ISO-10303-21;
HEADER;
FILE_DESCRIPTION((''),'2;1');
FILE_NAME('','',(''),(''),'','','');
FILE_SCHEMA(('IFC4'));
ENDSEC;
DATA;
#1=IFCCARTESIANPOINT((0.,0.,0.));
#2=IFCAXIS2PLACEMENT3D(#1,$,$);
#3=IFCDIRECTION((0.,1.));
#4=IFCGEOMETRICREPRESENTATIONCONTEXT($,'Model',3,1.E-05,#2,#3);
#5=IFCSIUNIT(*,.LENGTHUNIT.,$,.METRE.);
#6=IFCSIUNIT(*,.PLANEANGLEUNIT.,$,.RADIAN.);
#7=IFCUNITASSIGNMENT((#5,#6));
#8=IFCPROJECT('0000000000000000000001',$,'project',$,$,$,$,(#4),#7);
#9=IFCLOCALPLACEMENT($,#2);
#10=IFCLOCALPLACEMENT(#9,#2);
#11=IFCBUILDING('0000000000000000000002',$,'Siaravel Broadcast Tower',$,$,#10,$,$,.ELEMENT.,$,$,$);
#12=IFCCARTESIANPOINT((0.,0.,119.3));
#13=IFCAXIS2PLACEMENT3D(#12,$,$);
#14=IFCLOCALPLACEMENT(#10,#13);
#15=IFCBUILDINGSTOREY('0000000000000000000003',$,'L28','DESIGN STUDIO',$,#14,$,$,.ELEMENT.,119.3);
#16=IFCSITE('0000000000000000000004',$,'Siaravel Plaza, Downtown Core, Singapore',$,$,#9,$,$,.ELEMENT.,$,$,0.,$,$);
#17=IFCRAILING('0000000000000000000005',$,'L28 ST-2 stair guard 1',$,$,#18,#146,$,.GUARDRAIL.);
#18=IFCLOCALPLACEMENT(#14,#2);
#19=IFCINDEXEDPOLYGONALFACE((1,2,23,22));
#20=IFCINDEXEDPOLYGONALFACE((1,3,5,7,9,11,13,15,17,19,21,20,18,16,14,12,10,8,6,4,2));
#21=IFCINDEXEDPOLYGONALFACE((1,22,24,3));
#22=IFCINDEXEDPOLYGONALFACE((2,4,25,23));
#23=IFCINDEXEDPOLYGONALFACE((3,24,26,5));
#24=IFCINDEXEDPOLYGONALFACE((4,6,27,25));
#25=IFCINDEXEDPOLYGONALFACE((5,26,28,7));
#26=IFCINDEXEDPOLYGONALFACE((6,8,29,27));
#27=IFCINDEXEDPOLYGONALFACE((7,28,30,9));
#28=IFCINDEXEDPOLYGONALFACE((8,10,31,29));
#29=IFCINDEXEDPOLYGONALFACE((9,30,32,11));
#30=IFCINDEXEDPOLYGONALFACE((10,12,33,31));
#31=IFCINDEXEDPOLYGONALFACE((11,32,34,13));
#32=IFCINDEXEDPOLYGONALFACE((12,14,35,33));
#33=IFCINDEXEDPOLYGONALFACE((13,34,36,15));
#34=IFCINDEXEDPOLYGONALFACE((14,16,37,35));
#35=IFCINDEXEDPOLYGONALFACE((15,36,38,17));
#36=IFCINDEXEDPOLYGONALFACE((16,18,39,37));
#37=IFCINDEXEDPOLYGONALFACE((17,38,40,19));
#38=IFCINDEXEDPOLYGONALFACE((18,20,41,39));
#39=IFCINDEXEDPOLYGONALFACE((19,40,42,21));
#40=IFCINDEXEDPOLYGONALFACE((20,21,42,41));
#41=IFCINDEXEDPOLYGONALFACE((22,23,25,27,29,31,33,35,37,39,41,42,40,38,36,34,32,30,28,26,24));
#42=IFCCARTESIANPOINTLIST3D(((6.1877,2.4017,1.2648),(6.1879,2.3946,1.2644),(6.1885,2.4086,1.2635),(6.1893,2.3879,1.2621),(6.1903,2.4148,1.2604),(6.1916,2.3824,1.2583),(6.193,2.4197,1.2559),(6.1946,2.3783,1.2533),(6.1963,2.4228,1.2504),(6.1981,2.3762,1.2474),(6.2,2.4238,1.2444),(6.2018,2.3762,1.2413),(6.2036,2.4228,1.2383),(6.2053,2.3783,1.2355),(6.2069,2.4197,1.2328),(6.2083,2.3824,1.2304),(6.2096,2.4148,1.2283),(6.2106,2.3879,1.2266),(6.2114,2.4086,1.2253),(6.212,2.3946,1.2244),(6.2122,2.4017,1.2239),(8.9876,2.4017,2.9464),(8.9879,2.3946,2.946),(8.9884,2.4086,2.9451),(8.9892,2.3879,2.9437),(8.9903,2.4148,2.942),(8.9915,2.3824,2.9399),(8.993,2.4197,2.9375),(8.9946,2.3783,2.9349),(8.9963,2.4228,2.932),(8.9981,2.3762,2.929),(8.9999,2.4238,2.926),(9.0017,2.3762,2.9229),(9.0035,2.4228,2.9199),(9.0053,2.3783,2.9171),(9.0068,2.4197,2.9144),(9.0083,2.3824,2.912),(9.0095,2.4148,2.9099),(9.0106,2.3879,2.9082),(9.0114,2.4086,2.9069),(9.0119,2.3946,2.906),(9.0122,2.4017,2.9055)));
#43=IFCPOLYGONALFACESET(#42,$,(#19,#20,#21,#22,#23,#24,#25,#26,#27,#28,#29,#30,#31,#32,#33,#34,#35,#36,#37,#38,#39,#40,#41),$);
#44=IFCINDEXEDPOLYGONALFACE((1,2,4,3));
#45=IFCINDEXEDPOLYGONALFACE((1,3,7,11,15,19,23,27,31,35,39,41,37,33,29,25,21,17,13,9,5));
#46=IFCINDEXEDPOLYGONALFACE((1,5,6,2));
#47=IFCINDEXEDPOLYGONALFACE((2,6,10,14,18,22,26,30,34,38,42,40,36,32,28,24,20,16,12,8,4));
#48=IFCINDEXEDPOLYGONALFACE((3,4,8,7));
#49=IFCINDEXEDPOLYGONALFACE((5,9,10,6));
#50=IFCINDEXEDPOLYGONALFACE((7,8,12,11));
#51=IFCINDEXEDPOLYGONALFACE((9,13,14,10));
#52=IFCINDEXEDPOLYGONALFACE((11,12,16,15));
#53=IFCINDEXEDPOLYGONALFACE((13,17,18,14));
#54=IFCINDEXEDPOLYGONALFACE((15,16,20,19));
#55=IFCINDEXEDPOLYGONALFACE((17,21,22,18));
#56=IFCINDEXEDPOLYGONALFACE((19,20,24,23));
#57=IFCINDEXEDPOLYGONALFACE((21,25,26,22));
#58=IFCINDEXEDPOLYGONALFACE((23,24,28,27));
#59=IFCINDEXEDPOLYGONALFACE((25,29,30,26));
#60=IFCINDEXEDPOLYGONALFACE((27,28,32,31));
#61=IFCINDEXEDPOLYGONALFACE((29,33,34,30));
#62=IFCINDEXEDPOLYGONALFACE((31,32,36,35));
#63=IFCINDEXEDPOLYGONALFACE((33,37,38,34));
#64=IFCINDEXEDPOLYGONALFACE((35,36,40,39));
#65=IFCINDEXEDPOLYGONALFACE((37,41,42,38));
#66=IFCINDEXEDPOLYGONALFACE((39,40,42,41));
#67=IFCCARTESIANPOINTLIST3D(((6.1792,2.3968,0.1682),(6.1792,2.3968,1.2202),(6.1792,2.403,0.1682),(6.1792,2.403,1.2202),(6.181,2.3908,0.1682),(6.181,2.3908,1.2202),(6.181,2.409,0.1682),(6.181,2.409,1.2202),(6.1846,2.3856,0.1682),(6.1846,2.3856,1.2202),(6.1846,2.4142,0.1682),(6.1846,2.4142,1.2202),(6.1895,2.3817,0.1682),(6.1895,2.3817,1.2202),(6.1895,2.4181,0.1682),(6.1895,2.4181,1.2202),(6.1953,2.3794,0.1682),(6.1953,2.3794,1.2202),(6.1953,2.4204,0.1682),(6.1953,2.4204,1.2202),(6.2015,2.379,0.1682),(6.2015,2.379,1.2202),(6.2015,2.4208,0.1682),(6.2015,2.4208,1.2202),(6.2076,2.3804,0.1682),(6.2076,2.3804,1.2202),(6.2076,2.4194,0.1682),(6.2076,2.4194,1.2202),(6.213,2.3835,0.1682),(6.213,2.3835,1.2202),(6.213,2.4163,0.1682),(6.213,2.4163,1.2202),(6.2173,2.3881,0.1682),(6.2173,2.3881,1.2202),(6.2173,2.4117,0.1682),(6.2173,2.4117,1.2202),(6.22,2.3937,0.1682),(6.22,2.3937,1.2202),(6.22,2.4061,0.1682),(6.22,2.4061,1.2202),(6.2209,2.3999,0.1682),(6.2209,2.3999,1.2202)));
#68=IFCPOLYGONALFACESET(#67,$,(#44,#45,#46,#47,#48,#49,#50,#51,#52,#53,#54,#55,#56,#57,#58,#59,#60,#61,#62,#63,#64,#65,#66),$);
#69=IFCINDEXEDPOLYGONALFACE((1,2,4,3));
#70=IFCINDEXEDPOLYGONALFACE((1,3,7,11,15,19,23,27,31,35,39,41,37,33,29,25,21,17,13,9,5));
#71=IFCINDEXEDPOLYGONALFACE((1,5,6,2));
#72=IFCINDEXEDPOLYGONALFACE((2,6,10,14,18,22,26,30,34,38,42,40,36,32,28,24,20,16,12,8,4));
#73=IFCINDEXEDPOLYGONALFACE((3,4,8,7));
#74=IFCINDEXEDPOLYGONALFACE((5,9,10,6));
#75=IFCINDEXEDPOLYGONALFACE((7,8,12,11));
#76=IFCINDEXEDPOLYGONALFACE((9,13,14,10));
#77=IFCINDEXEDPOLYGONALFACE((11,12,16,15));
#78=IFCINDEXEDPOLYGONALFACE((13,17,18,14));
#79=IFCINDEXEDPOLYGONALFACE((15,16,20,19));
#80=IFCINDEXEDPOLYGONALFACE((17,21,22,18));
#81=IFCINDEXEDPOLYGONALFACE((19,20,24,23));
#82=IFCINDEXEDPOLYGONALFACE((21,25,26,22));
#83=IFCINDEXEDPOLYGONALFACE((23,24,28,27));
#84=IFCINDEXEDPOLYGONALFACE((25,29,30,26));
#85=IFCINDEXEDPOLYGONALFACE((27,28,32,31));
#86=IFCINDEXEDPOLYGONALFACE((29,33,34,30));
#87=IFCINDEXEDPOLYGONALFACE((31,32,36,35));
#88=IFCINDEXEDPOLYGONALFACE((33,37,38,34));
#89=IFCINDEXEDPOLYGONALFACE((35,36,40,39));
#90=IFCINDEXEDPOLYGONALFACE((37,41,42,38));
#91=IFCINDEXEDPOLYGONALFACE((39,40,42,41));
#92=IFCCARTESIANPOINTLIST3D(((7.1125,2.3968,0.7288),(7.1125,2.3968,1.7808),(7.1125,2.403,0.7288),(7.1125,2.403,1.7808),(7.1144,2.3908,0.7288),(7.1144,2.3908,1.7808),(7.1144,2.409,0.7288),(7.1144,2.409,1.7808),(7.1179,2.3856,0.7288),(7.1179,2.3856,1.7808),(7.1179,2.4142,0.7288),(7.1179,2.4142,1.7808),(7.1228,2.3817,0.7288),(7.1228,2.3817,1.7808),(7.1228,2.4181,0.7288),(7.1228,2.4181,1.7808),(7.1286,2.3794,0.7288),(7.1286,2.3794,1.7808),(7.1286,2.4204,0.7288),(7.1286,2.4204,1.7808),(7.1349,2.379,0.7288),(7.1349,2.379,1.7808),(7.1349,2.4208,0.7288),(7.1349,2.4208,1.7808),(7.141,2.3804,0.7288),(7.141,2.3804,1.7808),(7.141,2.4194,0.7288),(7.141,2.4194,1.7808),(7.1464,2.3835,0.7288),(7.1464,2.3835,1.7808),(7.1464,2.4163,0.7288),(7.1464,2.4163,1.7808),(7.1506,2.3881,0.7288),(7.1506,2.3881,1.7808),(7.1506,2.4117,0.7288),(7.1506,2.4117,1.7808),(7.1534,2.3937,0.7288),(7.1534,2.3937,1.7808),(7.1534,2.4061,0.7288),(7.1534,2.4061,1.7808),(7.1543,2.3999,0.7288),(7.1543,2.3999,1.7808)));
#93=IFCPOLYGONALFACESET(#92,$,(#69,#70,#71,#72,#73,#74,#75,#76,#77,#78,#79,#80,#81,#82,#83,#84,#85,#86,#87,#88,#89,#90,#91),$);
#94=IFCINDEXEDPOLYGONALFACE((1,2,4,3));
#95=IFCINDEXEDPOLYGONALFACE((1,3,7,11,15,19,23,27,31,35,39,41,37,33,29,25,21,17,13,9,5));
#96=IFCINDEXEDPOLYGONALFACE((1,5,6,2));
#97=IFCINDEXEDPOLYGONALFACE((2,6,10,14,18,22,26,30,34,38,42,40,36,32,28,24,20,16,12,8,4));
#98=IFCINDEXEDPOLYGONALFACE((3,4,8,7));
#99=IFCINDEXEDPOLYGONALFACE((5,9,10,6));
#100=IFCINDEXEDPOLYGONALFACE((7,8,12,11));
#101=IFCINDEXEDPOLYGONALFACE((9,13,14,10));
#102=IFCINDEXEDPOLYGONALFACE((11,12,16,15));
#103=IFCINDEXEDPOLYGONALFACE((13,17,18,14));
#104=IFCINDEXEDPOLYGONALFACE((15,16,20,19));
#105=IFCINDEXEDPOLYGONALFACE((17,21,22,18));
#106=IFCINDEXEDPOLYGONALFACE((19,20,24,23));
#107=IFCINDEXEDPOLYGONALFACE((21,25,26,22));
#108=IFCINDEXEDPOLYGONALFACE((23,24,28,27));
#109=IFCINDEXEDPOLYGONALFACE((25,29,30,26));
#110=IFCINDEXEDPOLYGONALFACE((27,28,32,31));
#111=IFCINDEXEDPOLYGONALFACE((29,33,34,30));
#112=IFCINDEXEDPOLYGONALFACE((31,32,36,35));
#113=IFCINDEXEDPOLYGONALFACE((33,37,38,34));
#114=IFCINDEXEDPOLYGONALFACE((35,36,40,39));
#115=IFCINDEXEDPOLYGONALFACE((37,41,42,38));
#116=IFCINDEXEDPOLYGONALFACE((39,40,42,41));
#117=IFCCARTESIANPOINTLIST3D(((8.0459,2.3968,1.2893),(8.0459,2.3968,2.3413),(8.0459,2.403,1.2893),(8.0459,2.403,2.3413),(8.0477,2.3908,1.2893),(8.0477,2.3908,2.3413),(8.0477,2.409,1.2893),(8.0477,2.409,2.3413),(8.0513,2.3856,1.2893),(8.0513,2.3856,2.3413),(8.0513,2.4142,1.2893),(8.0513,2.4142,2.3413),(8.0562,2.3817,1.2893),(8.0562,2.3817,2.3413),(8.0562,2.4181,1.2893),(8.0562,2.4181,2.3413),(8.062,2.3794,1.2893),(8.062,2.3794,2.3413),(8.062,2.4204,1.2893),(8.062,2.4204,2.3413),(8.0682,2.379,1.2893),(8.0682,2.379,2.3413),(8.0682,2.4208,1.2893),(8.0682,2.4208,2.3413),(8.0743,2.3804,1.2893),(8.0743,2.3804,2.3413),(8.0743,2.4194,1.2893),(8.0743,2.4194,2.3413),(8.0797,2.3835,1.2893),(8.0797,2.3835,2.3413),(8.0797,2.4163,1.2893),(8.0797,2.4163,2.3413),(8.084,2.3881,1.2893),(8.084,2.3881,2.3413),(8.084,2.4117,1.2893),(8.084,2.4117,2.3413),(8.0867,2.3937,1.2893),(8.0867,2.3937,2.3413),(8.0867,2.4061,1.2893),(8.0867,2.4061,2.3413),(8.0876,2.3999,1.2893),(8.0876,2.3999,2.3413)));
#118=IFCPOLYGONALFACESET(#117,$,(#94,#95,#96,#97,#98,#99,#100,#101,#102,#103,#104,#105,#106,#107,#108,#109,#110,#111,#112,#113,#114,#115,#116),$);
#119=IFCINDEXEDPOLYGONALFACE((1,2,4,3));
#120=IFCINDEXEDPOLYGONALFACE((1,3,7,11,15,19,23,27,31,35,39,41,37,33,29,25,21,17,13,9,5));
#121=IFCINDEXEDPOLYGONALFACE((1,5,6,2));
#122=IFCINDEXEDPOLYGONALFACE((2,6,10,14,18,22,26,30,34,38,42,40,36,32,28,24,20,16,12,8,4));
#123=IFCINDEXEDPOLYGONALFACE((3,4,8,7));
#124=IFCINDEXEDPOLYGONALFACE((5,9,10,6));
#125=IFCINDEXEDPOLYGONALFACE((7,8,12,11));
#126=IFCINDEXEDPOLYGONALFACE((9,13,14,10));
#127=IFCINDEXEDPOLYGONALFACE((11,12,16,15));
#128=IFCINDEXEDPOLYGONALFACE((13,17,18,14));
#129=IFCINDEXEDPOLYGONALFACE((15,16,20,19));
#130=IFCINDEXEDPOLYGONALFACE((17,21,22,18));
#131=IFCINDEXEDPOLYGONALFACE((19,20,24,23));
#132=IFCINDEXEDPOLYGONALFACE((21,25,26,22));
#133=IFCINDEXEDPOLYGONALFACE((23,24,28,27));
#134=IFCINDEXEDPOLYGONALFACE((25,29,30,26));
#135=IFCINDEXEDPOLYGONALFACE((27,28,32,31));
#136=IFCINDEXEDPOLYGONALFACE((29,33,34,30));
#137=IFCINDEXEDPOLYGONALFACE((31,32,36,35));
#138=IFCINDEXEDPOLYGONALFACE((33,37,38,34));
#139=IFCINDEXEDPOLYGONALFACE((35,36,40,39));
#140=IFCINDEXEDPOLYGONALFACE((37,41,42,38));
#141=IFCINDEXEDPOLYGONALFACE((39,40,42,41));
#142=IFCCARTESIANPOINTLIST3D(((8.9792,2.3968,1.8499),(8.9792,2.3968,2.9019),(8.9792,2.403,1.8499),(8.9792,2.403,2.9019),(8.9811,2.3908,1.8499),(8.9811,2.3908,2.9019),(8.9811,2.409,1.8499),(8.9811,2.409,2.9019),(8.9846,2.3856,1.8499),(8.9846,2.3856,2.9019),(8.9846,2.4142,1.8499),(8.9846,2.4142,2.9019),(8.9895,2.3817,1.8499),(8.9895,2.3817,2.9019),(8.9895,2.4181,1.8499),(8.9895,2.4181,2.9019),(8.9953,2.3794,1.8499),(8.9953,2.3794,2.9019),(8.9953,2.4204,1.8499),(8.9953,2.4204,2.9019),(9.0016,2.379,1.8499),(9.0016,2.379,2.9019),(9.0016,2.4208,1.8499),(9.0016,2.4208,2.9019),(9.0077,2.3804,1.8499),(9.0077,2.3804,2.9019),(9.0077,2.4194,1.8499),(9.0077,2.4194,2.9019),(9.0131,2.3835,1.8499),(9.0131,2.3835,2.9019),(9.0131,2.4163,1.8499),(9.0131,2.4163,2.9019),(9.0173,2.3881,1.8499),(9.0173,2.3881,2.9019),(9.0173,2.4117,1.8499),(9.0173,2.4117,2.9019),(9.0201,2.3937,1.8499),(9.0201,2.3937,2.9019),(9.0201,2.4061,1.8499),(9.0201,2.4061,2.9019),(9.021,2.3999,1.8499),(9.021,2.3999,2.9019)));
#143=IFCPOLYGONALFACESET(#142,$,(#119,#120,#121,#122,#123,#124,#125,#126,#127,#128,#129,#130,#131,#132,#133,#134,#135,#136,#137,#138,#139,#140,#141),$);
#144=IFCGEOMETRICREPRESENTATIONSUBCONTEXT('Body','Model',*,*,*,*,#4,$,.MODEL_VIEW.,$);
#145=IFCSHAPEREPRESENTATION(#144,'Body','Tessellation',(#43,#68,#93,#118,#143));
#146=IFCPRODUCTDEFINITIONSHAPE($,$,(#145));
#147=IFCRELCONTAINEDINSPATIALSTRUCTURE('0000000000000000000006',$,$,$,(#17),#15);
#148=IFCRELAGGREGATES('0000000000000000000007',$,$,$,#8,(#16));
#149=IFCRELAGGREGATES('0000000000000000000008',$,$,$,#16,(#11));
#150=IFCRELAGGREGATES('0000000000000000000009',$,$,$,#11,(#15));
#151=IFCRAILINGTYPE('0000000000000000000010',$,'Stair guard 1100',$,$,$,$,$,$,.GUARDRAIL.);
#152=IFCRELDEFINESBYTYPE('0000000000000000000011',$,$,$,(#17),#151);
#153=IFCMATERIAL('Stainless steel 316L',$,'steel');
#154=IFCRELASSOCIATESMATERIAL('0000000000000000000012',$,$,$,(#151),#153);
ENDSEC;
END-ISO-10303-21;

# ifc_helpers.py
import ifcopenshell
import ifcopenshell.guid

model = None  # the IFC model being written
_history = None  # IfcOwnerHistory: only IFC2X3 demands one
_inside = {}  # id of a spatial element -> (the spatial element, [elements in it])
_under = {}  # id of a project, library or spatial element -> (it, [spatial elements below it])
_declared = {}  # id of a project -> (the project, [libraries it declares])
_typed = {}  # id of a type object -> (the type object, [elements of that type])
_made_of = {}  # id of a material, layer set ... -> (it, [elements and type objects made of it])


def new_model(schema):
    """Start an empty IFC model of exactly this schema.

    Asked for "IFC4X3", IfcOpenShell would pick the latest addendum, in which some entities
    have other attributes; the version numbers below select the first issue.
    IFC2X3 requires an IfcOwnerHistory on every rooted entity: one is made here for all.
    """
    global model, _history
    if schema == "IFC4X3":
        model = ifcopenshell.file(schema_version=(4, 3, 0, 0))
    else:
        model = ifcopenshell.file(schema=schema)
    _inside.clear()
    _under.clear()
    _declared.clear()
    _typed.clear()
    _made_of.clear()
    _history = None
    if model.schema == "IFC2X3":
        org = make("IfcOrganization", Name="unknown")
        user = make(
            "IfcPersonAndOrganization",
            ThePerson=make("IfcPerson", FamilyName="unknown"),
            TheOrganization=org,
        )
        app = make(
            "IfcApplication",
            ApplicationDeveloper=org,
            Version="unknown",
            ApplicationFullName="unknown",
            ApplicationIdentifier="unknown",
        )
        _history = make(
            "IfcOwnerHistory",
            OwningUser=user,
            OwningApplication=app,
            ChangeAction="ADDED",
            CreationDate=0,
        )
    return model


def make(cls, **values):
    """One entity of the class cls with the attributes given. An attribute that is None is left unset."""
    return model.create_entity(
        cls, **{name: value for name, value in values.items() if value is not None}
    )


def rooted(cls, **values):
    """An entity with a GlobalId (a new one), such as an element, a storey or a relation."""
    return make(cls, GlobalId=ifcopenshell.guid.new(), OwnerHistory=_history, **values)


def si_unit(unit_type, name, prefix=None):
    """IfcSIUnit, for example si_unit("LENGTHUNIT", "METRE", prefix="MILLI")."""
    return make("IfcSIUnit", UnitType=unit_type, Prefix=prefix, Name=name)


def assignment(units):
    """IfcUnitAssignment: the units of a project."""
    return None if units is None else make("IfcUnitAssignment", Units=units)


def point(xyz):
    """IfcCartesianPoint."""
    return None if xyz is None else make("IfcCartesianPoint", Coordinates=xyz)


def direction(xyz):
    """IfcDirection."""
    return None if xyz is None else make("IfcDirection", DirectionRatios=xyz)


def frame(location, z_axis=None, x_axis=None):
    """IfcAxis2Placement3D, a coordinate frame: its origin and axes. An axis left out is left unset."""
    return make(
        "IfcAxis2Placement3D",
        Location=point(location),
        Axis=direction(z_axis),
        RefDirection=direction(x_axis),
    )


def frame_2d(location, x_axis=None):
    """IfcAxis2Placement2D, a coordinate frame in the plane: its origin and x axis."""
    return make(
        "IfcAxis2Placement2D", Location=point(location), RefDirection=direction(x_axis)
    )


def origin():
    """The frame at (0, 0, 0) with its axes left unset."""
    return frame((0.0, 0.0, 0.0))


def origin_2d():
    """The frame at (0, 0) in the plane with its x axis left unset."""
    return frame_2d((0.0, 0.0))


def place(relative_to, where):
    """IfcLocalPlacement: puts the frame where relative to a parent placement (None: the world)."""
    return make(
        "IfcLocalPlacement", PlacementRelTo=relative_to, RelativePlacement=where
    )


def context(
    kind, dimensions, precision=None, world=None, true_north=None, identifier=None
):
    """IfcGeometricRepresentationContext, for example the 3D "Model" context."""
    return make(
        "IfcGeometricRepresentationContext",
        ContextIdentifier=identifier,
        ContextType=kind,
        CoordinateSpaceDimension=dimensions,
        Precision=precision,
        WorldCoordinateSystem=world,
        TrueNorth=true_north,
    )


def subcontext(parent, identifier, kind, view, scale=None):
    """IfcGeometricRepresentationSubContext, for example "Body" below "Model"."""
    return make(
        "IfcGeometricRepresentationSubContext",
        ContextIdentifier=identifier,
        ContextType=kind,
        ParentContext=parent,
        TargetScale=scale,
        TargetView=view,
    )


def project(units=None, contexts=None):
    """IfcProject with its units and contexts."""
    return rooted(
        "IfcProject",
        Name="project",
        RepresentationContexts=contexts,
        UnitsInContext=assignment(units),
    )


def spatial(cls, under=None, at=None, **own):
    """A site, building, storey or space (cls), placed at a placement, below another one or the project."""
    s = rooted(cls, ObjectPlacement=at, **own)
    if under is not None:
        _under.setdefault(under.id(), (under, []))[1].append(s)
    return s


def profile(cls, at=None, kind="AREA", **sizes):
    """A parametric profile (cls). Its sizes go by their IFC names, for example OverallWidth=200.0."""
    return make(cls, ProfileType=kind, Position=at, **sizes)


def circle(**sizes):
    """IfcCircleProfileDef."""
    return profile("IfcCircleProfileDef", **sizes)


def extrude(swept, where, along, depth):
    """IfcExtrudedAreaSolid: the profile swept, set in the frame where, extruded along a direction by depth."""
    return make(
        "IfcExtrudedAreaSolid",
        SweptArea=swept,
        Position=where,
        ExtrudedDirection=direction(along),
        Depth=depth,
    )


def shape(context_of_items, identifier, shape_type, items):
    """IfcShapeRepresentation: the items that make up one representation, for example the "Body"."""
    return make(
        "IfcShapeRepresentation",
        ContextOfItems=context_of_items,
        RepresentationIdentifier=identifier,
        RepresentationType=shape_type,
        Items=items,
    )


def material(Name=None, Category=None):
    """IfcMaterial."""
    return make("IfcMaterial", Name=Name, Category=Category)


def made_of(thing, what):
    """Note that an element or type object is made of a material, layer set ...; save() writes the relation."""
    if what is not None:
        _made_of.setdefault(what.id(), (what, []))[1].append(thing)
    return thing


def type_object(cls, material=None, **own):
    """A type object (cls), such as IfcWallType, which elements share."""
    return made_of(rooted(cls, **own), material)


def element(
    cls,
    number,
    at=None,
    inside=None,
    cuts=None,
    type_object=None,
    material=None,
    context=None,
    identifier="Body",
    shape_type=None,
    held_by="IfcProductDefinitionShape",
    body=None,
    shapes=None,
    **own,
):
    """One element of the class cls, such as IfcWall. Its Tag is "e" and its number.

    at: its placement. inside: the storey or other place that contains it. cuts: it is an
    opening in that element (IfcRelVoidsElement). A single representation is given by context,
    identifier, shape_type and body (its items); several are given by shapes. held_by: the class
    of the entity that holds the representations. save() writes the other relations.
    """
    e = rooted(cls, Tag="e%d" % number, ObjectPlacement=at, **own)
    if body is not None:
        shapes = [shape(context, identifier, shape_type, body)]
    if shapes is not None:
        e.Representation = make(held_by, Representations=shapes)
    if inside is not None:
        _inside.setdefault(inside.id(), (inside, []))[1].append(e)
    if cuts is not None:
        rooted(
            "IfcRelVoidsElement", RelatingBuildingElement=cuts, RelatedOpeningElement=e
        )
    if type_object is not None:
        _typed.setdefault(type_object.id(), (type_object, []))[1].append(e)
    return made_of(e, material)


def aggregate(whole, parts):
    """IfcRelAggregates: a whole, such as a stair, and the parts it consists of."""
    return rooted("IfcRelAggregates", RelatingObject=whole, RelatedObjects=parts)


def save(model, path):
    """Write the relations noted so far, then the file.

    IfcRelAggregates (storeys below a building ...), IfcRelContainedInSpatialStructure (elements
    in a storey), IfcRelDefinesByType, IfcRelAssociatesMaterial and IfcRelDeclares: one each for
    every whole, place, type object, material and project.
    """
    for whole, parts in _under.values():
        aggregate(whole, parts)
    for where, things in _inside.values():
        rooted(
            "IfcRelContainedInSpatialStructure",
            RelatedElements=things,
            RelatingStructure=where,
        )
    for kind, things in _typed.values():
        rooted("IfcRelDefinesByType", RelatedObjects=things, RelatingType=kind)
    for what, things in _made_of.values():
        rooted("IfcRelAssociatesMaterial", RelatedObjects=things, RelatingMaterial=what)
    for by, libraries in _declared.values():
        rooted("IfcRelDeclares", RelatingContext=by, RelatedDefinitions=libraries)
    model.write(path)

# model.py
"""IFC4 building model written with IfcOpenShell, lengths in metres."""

from ifc_helpers import new_model, si_unit, direction, frame, origin, origin_2d, place, context, subcontext, project, spatial, circle, extrude, material, type_object, element, save


model = new_model("IFC4")

# Units and contexts
model_context = context("Model", 3, precision=1e-05, world=origin(), true_north=direction((0.0, 1.0)))
body_context = subcontext(model_context, "Body", "Model", "MODEL_VIEW")
ifc_project = project(units=[si_unit("LENGTHUNIT", "METRE"), si_unit("PLANEANGLEUNIT", "RADIAN")], contexts=[model_context])

# Site, building, storey
site_placement = place(None, origin())
site = spatial("IfcSite", under=ifc_project, at=site_placement, Name="Siaravel Plaza, Downtown Core, Singapore", CompositionType="ELEMENT", RefElevation=0.0)
building_placement = place(site_placement, origin())
building = spatial("IfcBuilding", under=site, at=building_placement, Name="Siaravel Broadcast Tower", CompositionType="ELEMENT")
storey_placement = place(building_placement, frame((0.0, 0.0, 119.3)))
storey = spatial("IfcBuildingStorey", under=building, at=storey_placement, Name="L28", Description="DESIGN STUDIO", CompositionType="ELEMENT", Elevation=119.3)

# Railing
ifc_material_1 = material(Name="Stainless steel 316L", Category="steel")
railing_type_1 = type_object("IfcRailingType", Name="Stair guard 1100", PredefinedType="GUARDRAIL", material=ifc_material_1)
railing_1_placement = place(storey_placement, frame((6.2, 2.3999, 0.1682)))
element("IfcRailing", 1, at=railing_1_placement, inside=storey, type_object=railing_type_1, Name="L28 ST-2 stair guard 1", PredefinedType="GUARDRAIL", context=body_context, shape_type="SweptSolid", body=[
    extrude(circle(Radius=0.0239, at=origin_2d()), frame((0.0, 0.0, 1.0762), z_axis=(0.857275, 0.0, 0.514858), x_axis=(0.0, 1.0, 0.0)), (0.0, 0.0, 1.0), 3.2661),
    extrude(circle(Radius=0.021, at=origin_2d()), origin(), (0.0, 0.0, 1.0), 1.052),
    extrude(circle(Radius=0.021, at=origin_2d()), frame((0.9333, 0.0, 0.5605)), (0.0, 0.0, 1.0), 1.052),
    extrude(circle(Radius=0.021, at=origin_2d()), frame((1.8667, 0.0, 1.1211)), (0.0, 0.0, 1.0), 1.052),
    extrude(circle(Radius=0.021, at=origin_2d()), frame((2.8, 0.0, 1.6816)), (0.0, 0.0, 1.0), 1.052),
])

save(model, "model.ifc")
